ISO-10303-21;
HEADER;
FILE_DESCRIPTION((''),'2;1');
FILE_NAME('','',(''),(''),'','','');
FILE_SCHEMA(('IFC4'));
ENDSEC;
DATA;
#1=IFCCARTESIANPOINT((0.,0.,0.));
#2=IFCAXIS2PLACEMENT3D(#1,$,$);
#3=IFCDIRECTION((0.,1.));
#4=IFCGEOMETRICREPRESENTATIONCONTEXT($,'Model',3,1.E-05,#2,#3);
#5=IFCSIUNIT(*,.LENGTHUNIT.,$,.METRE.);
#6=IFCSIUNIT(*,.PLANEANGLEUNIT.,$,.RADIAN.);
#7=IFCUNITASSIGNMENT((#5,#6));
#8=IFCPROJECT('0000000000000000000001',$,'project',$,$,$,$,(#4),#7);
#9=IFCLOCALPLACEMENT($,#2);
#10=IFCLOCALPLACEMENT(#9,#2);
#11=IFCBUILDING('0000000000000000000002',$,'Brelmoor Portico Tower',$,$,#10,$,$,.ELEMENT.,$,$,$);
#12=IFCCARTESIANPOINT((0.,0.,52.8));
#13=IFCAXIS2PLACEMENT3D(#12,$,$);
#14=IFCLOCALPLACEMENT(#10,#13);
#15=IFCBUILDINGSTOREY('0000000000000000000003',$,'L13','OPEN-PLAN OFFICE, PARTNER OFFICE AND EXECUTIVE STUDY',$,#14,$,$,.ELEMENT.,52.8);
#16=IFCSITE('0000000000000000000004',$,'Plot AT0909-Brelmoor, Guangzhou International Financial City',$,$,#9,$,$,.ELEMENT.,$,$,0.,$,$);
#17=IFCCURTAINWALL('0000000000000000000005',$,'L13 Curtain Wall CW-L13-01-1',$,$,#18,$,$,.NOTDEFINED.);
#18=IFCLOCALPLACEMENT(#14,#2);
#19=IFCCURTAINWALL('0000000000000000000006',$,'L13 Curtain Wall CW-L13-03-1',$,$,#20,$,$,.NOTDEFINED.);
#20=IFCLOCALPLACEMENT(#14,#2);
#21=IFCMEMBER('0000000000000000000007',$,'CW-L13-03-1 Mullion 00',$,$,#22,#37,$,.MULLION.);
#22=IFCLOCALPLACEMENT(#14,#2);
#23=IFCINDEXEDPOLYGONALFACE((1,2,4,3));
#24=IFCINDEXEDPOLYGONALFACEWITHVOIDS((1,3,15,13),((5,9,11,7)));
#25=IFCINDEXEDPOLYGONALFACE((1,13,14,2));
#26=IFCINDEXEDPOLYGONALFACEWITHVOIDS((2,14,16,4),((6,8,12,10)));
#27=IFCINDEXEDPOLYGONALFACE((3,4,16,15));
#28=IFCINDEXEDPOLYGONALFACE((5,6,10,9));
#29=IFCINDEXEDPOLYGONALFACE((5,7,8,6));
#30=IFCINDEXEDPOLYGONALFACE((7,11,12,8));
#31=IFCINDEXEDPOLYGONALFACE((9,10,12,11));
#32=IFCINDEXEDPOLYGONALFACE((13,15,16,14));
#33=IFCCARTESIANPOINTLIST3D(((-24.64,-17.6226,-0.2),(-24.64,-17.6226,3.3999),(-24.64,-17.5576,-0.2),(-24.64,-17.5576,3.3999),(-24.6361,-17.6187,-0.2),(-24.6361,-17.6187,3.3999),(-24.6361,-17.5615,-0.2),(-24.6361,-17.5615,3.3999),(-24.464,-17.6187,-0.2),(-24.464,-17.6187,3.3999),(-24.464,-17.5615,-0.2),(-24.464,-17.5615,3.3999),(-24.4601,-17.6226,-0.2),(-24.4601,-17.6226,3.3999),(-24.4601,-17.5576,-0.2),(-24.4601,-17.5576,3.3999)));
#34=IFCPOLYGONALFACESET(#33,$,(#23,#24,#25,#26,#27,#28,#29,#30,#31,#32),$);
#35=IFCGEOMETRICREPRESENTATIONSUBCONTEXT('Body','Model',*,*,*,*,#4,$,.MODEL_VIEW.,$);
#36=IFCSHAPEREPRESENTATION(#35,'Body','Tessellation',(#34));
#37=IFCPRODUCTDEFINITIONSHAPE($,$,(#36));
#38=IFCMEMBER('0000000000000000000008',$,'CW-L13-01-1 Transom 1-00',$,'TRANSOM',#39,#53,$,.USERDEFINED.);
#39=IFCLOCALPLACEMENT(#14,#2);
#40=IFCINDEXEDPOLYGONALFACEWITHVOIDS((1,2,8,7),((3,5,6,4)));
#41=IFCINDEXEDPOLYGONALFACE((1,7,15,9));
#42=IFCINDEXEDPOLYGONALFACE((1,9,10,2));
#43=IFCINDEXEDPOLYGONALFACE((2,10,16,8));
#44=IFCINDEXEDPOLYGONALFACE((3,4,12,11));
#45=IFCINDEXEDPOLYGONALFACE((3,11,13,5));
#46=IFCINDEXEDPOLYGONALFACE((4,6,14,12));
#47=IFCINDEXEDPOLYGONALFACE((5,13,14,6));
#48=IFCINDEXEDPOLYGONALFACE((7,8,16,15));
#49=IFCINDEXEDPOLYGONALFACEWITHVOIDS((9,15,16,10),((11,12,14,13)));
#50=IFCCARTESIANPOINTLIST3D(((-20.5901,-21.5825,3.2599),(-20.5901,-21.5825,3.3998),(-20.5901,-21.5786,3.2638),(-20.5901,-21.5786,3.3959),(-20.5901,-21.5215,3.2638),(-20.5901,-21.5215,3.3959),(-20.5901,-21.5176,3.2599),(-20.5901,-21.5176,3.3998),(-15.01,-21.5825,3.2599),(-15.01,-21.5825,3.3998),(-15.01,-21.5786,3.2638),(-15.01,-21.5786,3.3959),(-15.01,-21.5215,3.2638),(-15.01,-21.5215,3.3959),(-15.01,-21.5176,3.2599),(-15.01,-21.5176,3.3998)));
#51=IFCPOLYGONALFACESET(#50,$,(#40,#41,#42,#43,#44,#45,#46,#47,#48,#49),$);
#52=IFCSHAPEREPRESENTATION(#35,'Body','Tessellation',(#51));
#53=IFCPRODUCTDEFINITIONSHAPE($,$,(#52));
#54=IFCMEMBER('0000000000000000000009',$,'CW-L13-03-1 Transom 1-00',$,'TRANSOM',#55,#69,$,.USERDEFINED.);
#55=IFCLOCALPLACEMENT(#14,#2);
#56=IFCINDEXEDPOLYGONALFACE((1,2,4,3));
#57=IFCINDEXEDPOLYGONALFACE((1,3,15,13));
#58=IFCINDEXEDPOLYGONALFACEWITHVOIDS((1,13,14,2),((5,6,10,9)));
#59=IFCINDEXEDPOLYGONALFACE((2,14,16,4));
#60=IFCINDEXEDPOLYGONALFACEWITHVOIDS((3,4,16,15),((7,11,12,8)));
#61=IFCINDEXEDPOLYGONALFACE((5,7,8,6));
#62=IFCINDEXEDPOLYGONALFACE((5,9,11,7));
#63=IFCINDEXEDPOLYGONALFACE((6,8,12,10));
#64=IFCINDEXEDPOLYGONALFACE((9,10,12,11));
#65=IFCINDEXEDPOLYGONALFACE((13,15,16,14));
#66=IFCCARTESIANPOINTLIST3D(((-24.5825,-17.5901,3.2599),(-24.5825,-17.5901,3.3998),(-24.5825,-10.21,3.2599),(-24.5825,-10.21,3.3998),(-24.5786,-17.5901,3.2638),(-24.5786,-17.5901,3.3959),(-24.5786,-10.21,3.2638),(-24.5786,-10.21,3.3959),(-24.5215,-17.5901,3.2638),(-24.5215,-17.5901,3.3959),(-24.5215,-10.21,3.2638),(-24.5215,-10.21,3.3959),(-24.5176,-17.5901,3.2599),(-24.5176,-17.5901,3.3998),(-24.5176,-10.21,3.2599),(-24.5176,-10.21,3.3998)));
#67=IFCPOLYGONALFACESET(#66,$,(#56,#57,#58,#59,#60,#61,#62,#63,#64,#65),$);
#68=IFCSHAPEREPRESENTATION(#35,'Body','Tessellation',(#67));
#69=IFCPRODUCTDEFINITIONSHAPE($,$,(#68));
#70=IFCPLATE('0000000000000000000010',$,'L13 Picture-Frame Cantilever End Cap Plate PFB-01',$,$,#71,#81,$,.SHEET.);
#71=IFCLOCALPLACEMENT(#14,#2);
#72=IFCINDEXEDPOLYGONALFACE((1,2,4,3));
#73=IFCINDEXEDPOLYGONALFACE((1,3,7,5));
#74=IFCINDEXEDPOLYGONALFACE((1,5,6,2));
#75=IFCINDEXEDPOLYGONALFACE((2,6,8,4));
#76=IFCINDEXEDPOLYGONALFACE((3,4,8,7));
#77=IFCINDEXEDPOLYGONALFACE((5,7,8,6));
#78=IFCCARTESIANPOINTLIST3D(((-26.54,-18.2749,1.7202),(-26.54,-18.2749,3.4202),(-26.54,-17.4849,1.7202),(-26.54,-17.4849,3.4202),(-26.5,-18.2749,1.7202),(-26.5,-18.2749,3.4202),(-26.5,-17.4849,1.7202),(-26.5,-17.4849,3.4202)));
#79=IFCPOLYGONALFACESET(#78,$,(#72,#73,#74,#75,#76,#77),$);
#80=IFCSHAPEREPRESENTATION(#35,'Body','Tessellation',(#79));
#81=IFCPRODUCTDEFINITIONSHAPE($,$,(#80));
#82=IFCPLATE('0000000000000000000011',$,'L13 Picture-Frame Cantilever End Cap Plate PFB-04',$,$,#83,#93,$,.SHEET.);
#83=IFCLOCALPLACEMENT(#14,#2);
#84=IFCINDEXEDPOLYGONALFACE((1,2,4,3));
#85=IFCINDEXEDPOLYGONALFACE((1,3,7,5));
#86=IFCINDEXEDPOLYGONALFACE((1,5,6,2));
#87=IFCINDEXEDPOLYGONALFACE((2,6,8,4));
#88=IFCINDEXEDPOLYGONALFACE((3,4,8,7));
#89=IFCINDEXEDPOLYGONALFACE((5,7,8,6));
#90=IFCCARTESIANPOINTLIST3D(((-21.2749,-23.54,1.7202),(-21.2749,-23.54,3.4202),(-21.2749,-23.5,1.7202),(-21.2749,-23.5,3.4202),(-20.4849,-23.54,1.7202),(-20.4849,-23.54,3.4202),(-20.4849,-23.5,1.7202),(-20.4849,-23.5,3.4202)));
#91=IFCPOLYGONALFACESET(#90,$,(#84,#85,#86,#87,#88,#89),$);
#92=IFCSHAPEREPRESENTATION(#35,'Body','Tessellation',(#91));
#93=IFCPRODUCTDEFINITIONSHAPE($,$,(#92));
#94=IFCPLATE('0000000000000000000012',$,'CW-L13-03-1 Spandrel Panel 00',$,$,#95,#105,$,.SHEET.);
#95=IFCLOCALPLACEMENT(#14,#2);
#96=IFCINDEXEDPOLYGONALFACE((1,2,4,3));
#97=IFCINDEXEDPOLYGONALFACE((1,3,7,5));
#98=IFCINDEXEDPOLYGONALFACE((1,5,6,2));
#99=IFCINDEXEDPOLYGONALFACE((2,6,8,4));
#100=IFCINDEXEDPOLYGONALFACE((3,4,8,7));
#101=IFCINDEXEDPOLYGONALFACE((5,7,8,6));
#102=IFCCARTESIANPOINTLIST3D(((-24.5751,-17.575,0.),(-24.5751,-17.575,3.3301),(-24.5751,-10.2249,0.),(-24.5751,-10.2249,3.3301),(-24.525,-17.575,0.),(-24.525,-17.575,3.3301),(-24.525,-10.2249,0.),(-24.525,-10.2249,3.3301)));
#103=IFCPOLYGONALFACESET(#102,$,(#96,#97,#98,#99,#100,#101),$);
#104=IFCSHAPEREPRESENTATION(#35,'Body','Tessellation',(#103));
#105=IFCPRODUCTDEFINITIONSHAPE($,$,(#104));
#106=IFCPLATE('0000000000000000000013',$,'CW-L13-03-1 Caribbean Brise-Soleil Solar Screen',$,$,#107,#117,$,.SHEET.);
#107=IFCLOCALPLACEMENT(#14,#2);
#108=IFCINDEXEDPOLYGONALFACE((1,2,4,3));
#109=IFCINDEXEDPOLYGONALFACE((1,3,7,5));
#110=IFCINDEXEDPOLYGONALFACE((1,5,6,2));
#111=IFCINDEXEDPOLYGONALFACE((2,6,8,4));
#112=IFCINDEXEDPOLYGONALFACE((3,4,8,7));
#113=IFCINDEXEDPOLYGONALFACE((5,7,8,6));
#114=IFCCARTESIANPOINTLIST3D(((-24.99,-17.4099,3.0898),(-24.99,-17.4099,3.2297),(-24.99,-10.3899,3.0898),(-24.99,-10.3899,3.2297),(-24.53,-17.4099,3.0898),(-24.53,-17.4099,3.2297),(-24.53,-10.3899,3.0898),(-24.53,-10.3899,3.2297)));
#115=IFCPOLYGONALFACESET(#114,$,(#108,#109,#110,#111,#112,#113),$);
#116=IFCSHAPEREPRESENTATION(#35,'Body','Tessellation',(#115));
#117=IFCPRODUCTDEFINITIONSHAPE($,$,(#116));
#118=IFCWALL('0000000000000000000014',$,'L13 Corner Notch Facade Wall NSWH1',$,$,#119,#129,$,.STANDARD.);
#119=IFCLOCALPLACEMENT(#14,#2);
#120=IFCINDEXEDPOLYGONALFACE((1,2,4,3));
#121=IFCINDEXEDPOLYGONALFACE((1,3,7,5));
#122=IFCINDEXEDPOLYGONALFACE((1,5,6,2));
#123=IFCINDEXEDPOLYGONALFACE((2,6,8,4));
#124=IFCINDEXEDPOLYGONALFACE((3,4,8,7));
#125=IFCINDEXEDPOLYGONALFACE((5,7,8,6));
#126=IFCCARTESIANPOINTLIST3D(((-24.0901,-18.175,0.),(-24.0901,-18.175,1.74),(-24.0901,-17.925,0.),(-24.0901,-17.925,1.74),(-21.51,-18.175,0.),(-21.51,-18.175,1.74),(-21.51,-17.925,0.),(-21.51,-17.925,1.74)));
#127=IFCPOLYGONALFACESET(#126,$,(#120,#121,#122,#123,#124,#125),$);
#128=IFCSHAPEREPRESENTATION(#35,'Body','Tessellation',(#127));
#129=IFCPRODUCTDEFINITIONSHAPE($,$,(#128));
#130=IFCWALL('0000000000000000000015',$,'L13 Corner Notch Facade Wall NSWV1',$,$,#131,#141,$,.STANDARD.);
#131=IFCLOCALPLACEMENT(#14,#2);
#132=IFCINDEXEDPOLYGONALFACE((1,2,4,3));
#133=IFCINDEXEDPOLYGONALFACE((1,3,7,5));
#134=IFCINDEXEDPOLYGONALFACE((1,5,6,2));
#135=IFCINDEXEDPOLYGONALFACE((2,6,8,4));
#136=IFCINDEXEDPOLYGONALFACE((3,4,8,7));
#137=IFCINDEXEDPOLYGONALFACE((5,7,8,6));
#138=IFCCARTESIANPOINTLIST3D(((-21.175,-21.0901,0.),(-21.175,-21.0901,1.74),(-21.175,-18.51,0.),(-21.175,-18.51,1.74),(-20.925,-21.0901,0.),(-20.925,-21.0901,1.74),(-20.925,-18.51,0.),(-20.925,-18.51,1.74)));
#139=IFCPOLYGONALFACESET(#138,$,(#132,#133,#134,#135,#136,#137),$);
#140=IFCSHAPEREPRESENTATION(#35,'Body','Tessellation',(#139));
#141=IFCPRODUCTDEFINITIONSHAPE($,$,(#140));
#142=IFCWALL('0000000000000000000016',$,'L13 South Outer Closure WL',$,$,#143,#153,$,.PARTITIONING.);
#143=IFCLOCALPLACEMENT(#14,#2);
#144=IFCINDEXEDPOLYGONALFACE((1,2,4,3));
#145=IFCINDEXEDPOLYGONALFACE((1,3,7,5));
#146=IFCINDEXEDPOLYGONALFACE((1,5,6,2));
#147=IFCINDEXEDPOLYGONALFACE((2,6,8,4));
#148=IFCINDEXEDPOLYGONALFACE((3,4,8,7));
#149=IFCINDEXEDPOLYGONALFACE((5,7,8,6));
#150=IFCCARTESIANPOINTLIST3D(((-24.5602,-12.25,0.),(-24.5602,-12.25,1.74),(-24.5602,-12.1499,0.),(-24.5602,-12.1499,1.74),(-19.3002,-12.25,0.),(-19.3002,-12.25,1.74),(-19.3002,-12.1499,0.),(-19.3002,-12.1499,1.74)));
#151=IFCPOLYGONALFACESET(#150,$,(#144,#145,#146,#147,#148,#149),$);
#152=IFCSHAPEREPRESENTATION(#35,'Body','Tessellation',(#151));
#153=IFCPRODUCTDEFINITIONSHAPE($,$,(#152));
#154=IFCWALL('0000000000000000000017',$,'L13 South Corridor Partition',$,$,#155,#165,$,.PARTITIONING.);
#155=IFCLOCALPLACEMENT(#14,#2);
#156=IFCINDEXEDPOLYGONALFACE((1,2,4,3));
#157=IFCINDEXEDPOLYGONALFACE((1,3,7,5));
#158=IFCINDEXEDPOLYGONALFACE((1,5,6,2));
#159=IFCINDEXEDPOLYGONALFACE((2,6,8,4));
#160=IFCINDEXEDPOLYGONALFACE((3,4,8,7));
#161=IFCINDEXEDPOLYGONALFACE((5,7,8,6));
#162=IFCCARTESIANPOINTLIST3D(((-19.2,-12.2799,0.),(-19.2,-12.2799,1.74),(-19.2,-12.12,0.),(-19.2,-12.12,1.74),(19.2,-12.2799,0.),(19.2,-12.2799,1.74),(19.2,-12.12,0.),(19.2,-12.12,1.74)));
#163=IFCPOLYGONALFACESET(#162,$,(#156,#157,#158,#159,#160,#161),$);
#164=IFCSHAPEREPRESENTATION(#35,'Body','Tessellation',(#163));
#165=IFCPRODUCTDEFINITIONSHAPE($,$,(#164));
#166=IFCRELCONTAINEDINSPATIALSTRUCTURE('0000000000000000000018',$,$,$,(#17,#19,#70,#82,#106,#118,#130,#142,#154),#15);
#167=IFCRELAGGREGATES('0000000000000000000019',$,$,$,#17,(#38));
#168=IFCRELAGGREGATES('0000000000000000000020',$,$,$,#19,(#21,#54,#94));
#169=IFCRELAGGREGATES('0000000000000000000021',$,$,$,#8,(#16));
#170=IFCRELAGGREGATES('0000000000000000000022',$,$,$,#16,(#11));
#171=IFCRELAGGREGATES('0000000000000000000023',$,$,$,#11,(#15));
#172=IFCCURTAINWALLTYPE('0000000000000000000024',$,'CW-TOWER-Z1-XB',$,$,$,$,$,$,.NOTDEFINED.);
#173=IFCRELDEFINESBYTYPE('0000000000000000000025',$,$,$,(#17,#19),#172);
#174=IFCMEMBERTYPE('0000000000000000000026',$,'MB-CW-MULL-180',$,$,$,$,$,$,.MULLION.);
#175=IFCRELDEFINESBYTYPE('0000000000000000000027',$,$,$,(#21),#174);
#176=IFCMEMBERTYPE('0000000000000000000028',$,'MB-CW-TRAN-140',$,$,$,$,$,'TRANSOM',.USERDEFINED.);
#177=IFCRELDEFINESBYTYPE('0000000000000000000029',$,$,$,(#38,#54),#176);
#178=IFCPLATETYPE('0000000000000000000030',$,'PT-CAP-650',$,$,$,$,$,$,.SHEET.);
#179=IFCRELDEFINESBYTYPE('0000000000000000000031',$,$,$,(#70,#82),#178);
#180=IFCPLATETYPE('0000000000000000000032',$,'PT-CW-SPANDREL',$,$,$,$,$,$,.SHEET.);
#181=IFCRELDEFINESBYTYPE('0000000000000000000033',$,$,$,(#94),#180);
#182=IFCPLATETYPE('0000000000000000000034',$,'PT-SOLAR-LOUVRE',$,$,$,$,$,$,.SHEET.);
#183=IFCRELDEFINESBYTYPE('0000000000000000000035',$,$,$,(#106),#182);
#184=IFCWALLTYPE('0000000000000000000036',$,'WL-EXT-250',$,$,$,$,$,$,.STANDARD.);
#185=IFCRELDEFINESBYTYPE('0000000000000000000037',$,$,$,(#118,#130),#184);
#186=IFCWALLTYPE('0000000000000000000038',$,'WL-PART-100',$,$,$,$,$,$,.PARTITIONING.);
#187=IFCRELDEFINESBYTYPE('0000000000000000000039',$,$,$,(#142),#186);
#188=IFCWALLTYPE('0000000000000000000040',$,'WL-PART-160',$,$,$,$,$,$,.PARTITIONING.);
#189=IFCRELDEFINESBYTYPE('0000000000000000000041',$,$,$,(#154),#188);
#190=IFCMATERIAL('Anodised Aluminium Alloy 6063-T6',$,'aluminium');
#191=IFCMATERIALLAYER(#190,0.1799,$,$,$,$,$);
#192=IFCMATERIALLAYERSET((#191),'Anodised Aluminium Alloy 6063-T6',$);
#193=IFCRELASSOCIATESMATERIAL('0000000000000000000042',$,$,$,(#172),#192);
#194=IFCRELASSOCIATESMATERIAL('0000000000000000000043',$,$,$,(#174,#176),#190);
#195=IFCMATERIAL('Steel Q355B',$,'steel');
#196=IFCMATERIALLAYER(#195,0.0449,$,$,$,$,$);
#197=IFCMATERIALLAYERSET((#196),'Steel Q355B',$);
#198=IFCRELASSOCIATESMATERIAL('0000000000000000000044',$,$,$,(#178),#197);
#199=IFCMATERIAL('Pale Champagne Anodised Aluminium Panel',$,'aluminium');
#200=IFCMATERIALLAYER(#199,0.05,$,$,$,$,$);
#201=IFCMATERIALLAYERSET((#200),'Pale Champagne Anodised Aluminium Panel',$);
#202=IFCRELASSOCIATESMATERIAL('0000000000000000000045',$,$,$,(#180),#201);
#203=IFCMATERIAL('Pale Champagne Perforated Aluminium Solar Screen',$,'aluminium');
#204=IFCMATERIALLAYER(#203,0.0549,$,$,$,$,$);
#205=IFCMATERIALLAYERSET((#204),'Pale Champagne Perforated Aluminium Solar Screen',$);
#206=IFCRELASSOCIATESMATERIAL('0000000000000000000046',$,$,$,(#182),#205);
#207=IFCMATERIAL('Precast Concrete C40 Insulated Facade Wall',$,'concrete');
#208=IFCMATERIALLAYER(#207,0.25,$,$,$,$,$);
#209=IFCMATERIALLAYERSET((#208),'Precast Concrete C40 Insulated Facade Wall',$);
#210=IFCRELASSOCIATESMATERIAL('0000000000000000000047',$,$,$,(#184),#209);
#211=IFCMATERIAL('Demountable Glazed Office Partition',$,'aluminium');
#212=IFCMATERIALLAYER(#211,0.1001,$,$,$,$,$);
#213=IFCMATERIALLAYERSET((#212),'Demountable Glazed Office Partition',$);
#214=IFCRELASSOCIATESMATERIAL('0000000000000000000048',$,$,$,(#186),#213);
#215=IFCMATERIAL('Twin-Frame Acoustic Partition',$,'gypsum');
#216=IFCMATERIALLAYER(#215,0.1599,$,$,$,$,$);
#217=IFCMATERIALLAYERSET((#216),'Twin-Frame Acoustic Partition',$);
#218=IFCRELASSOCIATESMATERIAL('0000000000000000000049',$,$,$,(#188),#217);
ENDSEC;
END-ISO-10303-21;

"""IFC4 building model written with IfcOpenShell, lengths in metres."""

from ifc_helpers import new_model, si_unit, direction, frame, frame_2d, origin, origin_2d, place, context, subcontext, project, spatial, rectangle, hollow_rectangle, extrude, material, layer, layer_set, material_profile, profile_set, type_object, element, aggregate, save


model = new_model("IFC4")

# Units and contexts
model_context = context("Model", 3, precision=1e-05, world=origin(), true_north=direction((0.0, 1.0)))
body_context = subcontext(model_context, "Body", "Model", "MODEL_VIEW")
ifc_project = project(units=[si_unit("LENGTHUNIT", "METRE"), si_unit("PLANEANGLEUNIT", "RADIAN")], contexts=[model_context])

# Site, building, storey
site_placement = place(None, origin())
site = spatial("IfcSite", under=ifc_project, at=site_placement, Name="Plot AT0909-Brelmoor, Guangzhou International Financial City", CompositionType="ELEMENT", RefElevation=0.0)
building_placement = place(site_placement, origin())
building = spatial("IfcBuilding", under=site, at=building_placement, Name="Brelmoor Portico Tower", CompositionType="ELEMENT")
storey_placement = place(building_placement, frame((0.0, 0.0, 52.8)))
storey = spatial("IfcBuildingStorey", under=building, at=storey_placement, Name="L13", Description="OPEN-PLAN OFFICE, PARTNER OFFICE AND EXECUTIVE STUDY", CompositionType="ELEMENT", Elevation=52.8)

# Shared definitions
ifc_material_1 = material(Name="Steel Q355B", Category="steel")

# Curtain walls, member
ifc_material_2 = material(Name="Anodised Aluminium Alloy 6063-T6", Category="aluminium")
ifc_layer_1 = layer(ifc_material_2, 0.1799)
ifc_layer_set_1 = layer_set([ifc_layer_1], Name="Anodised Aluminium Alloy 6063-T6")
curtain_wall_type = type_object("IfcCurtainWallType", Name="CW-TOWER-Z1-XB", PredefinedType="NOTDEFINED", material=ifc_layer_set_1)
curtain_wall_1_placement = place(storey_placement, origin())
curtain_wall_1 = element("IfcCurtainWall", 1, at=curtain_wall_1_placement, inside=storey, type_object=curtain_wall_type, Name="L13 Curtain Wall CW-L13-01-1", PredefinedType="NOTDEFINED")
ifc_material_profile_1 = material_profile(ifc_material_2, hollow_rectangle(XDim=0.0649, YDim=0.1799, WallThickness=0.0039, at=origin_2d()), Name="ALU MULLION 65x180")
ifc_profile_set_1 = profile_set([ifc_material_profile_1], Name="Anodised Aluminium Alloy 6063-T6")
member_type_1 = type_object("IfcMemberType", Name="MB-CW-MULL-180", PredefinedType="MULLION", material=ifc_profile_set_1)
curtain_wall_2_placement = place(storey_placement, origin())
curtain_wall_2 = element("IfcCurtainWall", 2, at=curtain_wall_2_placement, inside=storey, type_object=curtain_wall_type, Name="L13 Curtain Wall CW-L13-03-1", PredefinedType="NOTDEFINED")
member_1_placement = place(storey_placement, frame((-24.55, -17.5901, -0.2), z_axis=(0.0, 0.0, 1.0), x_axis=(0.0, 1.0, 0.0)))
member_1 = element("IfcMember", 3, at=member_1_placement, type_object=member_type_1, Name="CW-L13-03-1 Mullion 00", PredefinedType="MULLION", context=body_context, shape_type="SweptSolid", body=[
    extrude(hollow_rectangle(XDim=0.0649, YDim=0.1799, WallThickness=0.0039, at=origin_2d()), origin(), (0.0, 0.0, 1.0), 3.5999),
])

# Members
ifc_material_profile_2 = material_profile(ifc_material_2, hollow_rectangle(XDim=0.0649, YDim=0.1399, WallThickness=0.0039, at=origin_2d()), Name="ALU TRANSOM 65x140")
ifc_profile_set_2 = profile_set([ifc_material_profile_2], Name="Anodised Aluminium Alloy 6063-T6")
member_type_2 = type_object("IfcMemberType", Name="MB-CW-TRAN-140", ElementType="TRANSOM", PredefinedType="USERDEFINED", material=ifc_profile_set_2)
member_2_placement = place(storey_placement, frame((-20.5901, -21.55, 3.3298), z_axis=(1.0, 0.0, 0.0), x_axis=(0.0, 1.0, 0.0)))
member_2 = element("IfcMember", 4, at=member_2_placement, type_object=member_type_2, Name="CW-L13-01-1 Transom 1-00", ObjectType="TRANSOM", PredefinedType="USERDEFINED", context=body_context, shape_type="SweptSolid", body=[
    extrude(hollow_rectangle(XDim=0.0649, YDim=0.1399, WallThickness=0.0039, at=origin_2d()), origin(), (0.0, 0.0, 1.0), 5.5801),
])
aggregate(curtain_wall_1, [member_2])
member_3_placement = place(storey_placement, frame((-24.55, -17.5901, 3.3298), z_axis=(0.0, 1.0, 0.0), x_axis=(-1.0, 0.0, 0.0)))
member_3 = element("IfcMember", 5, at=member_3_placement, type_object=member_type_2, Name="CW-L13-03-1 Transom 1-00", ObjectType="TRANSOM", PredefinedType="USERDEFINED", context=body_context, shape_type="SweptSolid", body=[
    extrude(hollow_rectangle(XDim=0.0649, YDim=0.1399, WallThickness=0.0039, at=origin_2d()), origin(), (0.0, 0.0, 1.0), 7.3801),
])

# Plates
ifc_layer_2 = layer(ifc_material_1, 0.0449)
ifc_layer_set_2 = layer_set([ifc_layer_2], Name="Steel Q355B")
plate_type_1 = type_object("IfcPlateType", Name="PT-CAP-650", PredefinedType="SHEET", material=ifc_layer_set_2)
plate_1_placement = place(storey_placement, frame((-26.52, -17.8799, 1.7202), z_axis=(0.0, 0.0, 1.0), x_axis=(1.0, 0.0, 0.0)))
element("IfcPlate", 6, at=plate_1_placement, inside=storey, type_object=plate_type_1, Name="L13 Picture-Frame Cantilever End Cap Plate PFB-01", PredefinedType="SHEET", context=body_context, shape_type="SweptSolid", body=[
    extrude(rectangle(XDim=0.04, YDim=0.79, at=origin_2d()), origin(), (0.0, 0.0, 1.0), 1.7),
])
plate_2_placement = place(storey_placement, frame((-20.8799, -23.52, 1.7202), z_axis=(0.0, 0.0, 1.0), x_axis=(1.0, 0.0, 0.0)))
element("IfcPlate", 7, at=plate_2_placement, inside=storey, type_object=plate_type_1, Name="L13 Picture-Frame Cantilever End Cap Plate PFB-04", PredefinedType="SHEET", context=body_context, shape_type="SweptSolid", body=[
    extrude(rectangle(XDim=0.79, YDim=0.04, at=origin_2d()), origin(), (0.0, 0.0, 1.0), 1.7),
])

# Plates
ifc_material_3 = material(Name="Pale Champagne Anodised Aluminium Panel", Category="aluminium")
ifc_layer_3 = layer(ifc_material_3, 0.05)
ifc_layer_set_3 = layer_set([ifc_layer_3], Name="Pale Champagne Anodised Aluminium Panel")
plate_type_2 = type_object("IfcPlateType", Name="PT-CW-SPANDREL", PredefinedType="SHEET", material=ifc_layer_set_3)
plate_3_placement = place(storey_placement, frame((-24.55, -13.8999, 0.0), z_axis=(0.0, 0.0, 1.0), x_axis=(0.0, 1.0, 0.0)))
plate_3 = element("IfcPlate", 8, at=plate_3_placement, type_object=plate_type_2, Name="CW-L13-03-1 Spandrel Panel 00", PredefinedType="SHEET", context=body_context, shape_type="SweptSolid", body=[
    extrude(rectangle(XDim=7.3501, YDim=0.05, at=origin_2d()), origin(), (0.0, 0.0, 1.0), 3.3301),
])
aggregate(curtain_wall_2, [member_1, member_3, plate_3])
ifc_material_4 = material(Name="Pale Champagne Perforated Aluminium Solar Screen", Category="aluminium")
ifc_layer_4 = layer(ifc_material_4, 0.0549)
ifc_layer_set_4 = layer_set([ifc_layer_4], Name="Pale Champagne Perforated Aluminium Solar Screen")
plate_type_3 = type_object("IfcPlateType", Name="PT-SOLAR-LOUVRE", PredefinedType="SHEET", material=ifc_layer_set_4)
plate_4_placement = place(storey_placement, frame((-24.76, -13.8999, 3.0898), z_axis=(0.0, 0.0, 1.0), x_axis=(0.0, 1.0, 0.0)))
element("IfcPlate", 9, at=plate_4_placement, inside=storey, type_object=plate_type_3, Name="CW-L13-03-1 Caribbean Brise-Soleil Solar Screen", PredefinedType="SHEET", context=body_context, shape_type="SweptSolid", body=[
    extrude(rectangle(XDim=7.02, YDim=0.46, at=origin_2d()), origin(), (0.0, 0.0, 1.0), 0.1399),
])

# Walls
ifc_material_5 = material(Name="Precast Concrete C40 Insulated Facade Wall", Category="concrete")
ifc_layer_5 = layer(ifc_material_5, 0.25)
ifc_layer_set_5 = layer_set([ifc_layer_5], Name="Precast Concrete C40 Insulated Facade Wall")
wall_type_1 = type_object("IfcWallType", Name="WL-EXT-250", PredefinedType="STANDARD", material=ifc_layer_set_5)
for number, where, z_axis, x_axis, name in (
    (10, (-24.0901, -18.05, 0.0), (0.0, 0.0, 1.0), (1.0, 0.0, 0.0), "L13 Corner Notch Facade Wall NSWH1"),
    (11, (-21.05, -21.0901, 0.0), (0.0, 0.0, 1.0), (0.0, 1.0, 0.0), "L13 Corner Notch Facade Wall NSWV1"),
):
    element("IfcWall", number, at=place(storey_placement, frame(where, z_axis=z_axis, x_axis=x_axis)), inside=storey, type_object=wall_type_1, Name=name, PredefinedType="STANDARD", context=body_context, shape_type="SweptSolid", body=[
        extrude(rectangle(XDim=2.5801, YDim=0.25, at=frame_2d((1.29, 0.0))), origin(), (0.0, 0.0, 1.0), 1.74),
    ])
ifc_material_6 = material(Name="Demountable Glazed Office Partition", Category="aluminium")
ifc_layer_6 = layer(ifc_material_6, 0.1001)
ifc_layer_set_6 = layer_set([ifc_layer_6], Name="Demountable Glazed Office Partition")
wall_type_2 = type_object("IfcWallType", Name="WL-PART-100", PredefinedType="PARTITIONING", material=ifc_layer_set_6)
wall_1_placement = place(storey_placement, frame((-24.5601, -12.2, 0.0), z_axis=(0.0, 0.0, 1.0), x_axis=(1.0, 0.0, 0.0)))
element("IfcWall", 12, at=wall_1_placement, inside=storey, type_object=wall_type_2, Name="L13 South Outer Closure WL", PredefinedType="PARTITIONING", context=body_context, shape_type="SweptSolid", body=[
    extrude(rectangle(XDim=5.26, YDim=0.1001, at=frame_2d((2.6299, 0.0))), origin(), (0.0, 0.0, 1.0), 1.74),
])
ifc_material_7 = material(Name="Twin-Frame Acoustic Partition", Category="gypsum")
ifc_layer_7 = layer(ifc_material_7, 0.1599)
ifc_layer_set_7 = layer_set([ifc_layer_7], Name="Twin-Frame Acoustic Partition")
wall_type_3 = type_object("IfcWallType", Name="WL-PART-160", PredefinedType="PARTITIONING", material=ifc_layer_set_7)
wall_2_placement = place(storey_placement, frame((-19.2, -12.2, 0.0), z_axis=(0.0, 0.0, 1.0), x_axis=(1.0, 0.0, 0.0)))
element("IfcWall", 13, at=wall_2_placement, inside=storey, type_object=wall_type_3, Name="L13 South Corridor Partition", PredefinedType="PARTITIONING", context=body_context, shape_type="SweptSolid", body=[
    extrude(rectangle(XDim=38.3999, YDim=0.1599, at=frame_2d((19.2, 0.0))), origin(), (0.0, 0.0, 1.0), 1.74),
])

save(model, "model.ifc")
